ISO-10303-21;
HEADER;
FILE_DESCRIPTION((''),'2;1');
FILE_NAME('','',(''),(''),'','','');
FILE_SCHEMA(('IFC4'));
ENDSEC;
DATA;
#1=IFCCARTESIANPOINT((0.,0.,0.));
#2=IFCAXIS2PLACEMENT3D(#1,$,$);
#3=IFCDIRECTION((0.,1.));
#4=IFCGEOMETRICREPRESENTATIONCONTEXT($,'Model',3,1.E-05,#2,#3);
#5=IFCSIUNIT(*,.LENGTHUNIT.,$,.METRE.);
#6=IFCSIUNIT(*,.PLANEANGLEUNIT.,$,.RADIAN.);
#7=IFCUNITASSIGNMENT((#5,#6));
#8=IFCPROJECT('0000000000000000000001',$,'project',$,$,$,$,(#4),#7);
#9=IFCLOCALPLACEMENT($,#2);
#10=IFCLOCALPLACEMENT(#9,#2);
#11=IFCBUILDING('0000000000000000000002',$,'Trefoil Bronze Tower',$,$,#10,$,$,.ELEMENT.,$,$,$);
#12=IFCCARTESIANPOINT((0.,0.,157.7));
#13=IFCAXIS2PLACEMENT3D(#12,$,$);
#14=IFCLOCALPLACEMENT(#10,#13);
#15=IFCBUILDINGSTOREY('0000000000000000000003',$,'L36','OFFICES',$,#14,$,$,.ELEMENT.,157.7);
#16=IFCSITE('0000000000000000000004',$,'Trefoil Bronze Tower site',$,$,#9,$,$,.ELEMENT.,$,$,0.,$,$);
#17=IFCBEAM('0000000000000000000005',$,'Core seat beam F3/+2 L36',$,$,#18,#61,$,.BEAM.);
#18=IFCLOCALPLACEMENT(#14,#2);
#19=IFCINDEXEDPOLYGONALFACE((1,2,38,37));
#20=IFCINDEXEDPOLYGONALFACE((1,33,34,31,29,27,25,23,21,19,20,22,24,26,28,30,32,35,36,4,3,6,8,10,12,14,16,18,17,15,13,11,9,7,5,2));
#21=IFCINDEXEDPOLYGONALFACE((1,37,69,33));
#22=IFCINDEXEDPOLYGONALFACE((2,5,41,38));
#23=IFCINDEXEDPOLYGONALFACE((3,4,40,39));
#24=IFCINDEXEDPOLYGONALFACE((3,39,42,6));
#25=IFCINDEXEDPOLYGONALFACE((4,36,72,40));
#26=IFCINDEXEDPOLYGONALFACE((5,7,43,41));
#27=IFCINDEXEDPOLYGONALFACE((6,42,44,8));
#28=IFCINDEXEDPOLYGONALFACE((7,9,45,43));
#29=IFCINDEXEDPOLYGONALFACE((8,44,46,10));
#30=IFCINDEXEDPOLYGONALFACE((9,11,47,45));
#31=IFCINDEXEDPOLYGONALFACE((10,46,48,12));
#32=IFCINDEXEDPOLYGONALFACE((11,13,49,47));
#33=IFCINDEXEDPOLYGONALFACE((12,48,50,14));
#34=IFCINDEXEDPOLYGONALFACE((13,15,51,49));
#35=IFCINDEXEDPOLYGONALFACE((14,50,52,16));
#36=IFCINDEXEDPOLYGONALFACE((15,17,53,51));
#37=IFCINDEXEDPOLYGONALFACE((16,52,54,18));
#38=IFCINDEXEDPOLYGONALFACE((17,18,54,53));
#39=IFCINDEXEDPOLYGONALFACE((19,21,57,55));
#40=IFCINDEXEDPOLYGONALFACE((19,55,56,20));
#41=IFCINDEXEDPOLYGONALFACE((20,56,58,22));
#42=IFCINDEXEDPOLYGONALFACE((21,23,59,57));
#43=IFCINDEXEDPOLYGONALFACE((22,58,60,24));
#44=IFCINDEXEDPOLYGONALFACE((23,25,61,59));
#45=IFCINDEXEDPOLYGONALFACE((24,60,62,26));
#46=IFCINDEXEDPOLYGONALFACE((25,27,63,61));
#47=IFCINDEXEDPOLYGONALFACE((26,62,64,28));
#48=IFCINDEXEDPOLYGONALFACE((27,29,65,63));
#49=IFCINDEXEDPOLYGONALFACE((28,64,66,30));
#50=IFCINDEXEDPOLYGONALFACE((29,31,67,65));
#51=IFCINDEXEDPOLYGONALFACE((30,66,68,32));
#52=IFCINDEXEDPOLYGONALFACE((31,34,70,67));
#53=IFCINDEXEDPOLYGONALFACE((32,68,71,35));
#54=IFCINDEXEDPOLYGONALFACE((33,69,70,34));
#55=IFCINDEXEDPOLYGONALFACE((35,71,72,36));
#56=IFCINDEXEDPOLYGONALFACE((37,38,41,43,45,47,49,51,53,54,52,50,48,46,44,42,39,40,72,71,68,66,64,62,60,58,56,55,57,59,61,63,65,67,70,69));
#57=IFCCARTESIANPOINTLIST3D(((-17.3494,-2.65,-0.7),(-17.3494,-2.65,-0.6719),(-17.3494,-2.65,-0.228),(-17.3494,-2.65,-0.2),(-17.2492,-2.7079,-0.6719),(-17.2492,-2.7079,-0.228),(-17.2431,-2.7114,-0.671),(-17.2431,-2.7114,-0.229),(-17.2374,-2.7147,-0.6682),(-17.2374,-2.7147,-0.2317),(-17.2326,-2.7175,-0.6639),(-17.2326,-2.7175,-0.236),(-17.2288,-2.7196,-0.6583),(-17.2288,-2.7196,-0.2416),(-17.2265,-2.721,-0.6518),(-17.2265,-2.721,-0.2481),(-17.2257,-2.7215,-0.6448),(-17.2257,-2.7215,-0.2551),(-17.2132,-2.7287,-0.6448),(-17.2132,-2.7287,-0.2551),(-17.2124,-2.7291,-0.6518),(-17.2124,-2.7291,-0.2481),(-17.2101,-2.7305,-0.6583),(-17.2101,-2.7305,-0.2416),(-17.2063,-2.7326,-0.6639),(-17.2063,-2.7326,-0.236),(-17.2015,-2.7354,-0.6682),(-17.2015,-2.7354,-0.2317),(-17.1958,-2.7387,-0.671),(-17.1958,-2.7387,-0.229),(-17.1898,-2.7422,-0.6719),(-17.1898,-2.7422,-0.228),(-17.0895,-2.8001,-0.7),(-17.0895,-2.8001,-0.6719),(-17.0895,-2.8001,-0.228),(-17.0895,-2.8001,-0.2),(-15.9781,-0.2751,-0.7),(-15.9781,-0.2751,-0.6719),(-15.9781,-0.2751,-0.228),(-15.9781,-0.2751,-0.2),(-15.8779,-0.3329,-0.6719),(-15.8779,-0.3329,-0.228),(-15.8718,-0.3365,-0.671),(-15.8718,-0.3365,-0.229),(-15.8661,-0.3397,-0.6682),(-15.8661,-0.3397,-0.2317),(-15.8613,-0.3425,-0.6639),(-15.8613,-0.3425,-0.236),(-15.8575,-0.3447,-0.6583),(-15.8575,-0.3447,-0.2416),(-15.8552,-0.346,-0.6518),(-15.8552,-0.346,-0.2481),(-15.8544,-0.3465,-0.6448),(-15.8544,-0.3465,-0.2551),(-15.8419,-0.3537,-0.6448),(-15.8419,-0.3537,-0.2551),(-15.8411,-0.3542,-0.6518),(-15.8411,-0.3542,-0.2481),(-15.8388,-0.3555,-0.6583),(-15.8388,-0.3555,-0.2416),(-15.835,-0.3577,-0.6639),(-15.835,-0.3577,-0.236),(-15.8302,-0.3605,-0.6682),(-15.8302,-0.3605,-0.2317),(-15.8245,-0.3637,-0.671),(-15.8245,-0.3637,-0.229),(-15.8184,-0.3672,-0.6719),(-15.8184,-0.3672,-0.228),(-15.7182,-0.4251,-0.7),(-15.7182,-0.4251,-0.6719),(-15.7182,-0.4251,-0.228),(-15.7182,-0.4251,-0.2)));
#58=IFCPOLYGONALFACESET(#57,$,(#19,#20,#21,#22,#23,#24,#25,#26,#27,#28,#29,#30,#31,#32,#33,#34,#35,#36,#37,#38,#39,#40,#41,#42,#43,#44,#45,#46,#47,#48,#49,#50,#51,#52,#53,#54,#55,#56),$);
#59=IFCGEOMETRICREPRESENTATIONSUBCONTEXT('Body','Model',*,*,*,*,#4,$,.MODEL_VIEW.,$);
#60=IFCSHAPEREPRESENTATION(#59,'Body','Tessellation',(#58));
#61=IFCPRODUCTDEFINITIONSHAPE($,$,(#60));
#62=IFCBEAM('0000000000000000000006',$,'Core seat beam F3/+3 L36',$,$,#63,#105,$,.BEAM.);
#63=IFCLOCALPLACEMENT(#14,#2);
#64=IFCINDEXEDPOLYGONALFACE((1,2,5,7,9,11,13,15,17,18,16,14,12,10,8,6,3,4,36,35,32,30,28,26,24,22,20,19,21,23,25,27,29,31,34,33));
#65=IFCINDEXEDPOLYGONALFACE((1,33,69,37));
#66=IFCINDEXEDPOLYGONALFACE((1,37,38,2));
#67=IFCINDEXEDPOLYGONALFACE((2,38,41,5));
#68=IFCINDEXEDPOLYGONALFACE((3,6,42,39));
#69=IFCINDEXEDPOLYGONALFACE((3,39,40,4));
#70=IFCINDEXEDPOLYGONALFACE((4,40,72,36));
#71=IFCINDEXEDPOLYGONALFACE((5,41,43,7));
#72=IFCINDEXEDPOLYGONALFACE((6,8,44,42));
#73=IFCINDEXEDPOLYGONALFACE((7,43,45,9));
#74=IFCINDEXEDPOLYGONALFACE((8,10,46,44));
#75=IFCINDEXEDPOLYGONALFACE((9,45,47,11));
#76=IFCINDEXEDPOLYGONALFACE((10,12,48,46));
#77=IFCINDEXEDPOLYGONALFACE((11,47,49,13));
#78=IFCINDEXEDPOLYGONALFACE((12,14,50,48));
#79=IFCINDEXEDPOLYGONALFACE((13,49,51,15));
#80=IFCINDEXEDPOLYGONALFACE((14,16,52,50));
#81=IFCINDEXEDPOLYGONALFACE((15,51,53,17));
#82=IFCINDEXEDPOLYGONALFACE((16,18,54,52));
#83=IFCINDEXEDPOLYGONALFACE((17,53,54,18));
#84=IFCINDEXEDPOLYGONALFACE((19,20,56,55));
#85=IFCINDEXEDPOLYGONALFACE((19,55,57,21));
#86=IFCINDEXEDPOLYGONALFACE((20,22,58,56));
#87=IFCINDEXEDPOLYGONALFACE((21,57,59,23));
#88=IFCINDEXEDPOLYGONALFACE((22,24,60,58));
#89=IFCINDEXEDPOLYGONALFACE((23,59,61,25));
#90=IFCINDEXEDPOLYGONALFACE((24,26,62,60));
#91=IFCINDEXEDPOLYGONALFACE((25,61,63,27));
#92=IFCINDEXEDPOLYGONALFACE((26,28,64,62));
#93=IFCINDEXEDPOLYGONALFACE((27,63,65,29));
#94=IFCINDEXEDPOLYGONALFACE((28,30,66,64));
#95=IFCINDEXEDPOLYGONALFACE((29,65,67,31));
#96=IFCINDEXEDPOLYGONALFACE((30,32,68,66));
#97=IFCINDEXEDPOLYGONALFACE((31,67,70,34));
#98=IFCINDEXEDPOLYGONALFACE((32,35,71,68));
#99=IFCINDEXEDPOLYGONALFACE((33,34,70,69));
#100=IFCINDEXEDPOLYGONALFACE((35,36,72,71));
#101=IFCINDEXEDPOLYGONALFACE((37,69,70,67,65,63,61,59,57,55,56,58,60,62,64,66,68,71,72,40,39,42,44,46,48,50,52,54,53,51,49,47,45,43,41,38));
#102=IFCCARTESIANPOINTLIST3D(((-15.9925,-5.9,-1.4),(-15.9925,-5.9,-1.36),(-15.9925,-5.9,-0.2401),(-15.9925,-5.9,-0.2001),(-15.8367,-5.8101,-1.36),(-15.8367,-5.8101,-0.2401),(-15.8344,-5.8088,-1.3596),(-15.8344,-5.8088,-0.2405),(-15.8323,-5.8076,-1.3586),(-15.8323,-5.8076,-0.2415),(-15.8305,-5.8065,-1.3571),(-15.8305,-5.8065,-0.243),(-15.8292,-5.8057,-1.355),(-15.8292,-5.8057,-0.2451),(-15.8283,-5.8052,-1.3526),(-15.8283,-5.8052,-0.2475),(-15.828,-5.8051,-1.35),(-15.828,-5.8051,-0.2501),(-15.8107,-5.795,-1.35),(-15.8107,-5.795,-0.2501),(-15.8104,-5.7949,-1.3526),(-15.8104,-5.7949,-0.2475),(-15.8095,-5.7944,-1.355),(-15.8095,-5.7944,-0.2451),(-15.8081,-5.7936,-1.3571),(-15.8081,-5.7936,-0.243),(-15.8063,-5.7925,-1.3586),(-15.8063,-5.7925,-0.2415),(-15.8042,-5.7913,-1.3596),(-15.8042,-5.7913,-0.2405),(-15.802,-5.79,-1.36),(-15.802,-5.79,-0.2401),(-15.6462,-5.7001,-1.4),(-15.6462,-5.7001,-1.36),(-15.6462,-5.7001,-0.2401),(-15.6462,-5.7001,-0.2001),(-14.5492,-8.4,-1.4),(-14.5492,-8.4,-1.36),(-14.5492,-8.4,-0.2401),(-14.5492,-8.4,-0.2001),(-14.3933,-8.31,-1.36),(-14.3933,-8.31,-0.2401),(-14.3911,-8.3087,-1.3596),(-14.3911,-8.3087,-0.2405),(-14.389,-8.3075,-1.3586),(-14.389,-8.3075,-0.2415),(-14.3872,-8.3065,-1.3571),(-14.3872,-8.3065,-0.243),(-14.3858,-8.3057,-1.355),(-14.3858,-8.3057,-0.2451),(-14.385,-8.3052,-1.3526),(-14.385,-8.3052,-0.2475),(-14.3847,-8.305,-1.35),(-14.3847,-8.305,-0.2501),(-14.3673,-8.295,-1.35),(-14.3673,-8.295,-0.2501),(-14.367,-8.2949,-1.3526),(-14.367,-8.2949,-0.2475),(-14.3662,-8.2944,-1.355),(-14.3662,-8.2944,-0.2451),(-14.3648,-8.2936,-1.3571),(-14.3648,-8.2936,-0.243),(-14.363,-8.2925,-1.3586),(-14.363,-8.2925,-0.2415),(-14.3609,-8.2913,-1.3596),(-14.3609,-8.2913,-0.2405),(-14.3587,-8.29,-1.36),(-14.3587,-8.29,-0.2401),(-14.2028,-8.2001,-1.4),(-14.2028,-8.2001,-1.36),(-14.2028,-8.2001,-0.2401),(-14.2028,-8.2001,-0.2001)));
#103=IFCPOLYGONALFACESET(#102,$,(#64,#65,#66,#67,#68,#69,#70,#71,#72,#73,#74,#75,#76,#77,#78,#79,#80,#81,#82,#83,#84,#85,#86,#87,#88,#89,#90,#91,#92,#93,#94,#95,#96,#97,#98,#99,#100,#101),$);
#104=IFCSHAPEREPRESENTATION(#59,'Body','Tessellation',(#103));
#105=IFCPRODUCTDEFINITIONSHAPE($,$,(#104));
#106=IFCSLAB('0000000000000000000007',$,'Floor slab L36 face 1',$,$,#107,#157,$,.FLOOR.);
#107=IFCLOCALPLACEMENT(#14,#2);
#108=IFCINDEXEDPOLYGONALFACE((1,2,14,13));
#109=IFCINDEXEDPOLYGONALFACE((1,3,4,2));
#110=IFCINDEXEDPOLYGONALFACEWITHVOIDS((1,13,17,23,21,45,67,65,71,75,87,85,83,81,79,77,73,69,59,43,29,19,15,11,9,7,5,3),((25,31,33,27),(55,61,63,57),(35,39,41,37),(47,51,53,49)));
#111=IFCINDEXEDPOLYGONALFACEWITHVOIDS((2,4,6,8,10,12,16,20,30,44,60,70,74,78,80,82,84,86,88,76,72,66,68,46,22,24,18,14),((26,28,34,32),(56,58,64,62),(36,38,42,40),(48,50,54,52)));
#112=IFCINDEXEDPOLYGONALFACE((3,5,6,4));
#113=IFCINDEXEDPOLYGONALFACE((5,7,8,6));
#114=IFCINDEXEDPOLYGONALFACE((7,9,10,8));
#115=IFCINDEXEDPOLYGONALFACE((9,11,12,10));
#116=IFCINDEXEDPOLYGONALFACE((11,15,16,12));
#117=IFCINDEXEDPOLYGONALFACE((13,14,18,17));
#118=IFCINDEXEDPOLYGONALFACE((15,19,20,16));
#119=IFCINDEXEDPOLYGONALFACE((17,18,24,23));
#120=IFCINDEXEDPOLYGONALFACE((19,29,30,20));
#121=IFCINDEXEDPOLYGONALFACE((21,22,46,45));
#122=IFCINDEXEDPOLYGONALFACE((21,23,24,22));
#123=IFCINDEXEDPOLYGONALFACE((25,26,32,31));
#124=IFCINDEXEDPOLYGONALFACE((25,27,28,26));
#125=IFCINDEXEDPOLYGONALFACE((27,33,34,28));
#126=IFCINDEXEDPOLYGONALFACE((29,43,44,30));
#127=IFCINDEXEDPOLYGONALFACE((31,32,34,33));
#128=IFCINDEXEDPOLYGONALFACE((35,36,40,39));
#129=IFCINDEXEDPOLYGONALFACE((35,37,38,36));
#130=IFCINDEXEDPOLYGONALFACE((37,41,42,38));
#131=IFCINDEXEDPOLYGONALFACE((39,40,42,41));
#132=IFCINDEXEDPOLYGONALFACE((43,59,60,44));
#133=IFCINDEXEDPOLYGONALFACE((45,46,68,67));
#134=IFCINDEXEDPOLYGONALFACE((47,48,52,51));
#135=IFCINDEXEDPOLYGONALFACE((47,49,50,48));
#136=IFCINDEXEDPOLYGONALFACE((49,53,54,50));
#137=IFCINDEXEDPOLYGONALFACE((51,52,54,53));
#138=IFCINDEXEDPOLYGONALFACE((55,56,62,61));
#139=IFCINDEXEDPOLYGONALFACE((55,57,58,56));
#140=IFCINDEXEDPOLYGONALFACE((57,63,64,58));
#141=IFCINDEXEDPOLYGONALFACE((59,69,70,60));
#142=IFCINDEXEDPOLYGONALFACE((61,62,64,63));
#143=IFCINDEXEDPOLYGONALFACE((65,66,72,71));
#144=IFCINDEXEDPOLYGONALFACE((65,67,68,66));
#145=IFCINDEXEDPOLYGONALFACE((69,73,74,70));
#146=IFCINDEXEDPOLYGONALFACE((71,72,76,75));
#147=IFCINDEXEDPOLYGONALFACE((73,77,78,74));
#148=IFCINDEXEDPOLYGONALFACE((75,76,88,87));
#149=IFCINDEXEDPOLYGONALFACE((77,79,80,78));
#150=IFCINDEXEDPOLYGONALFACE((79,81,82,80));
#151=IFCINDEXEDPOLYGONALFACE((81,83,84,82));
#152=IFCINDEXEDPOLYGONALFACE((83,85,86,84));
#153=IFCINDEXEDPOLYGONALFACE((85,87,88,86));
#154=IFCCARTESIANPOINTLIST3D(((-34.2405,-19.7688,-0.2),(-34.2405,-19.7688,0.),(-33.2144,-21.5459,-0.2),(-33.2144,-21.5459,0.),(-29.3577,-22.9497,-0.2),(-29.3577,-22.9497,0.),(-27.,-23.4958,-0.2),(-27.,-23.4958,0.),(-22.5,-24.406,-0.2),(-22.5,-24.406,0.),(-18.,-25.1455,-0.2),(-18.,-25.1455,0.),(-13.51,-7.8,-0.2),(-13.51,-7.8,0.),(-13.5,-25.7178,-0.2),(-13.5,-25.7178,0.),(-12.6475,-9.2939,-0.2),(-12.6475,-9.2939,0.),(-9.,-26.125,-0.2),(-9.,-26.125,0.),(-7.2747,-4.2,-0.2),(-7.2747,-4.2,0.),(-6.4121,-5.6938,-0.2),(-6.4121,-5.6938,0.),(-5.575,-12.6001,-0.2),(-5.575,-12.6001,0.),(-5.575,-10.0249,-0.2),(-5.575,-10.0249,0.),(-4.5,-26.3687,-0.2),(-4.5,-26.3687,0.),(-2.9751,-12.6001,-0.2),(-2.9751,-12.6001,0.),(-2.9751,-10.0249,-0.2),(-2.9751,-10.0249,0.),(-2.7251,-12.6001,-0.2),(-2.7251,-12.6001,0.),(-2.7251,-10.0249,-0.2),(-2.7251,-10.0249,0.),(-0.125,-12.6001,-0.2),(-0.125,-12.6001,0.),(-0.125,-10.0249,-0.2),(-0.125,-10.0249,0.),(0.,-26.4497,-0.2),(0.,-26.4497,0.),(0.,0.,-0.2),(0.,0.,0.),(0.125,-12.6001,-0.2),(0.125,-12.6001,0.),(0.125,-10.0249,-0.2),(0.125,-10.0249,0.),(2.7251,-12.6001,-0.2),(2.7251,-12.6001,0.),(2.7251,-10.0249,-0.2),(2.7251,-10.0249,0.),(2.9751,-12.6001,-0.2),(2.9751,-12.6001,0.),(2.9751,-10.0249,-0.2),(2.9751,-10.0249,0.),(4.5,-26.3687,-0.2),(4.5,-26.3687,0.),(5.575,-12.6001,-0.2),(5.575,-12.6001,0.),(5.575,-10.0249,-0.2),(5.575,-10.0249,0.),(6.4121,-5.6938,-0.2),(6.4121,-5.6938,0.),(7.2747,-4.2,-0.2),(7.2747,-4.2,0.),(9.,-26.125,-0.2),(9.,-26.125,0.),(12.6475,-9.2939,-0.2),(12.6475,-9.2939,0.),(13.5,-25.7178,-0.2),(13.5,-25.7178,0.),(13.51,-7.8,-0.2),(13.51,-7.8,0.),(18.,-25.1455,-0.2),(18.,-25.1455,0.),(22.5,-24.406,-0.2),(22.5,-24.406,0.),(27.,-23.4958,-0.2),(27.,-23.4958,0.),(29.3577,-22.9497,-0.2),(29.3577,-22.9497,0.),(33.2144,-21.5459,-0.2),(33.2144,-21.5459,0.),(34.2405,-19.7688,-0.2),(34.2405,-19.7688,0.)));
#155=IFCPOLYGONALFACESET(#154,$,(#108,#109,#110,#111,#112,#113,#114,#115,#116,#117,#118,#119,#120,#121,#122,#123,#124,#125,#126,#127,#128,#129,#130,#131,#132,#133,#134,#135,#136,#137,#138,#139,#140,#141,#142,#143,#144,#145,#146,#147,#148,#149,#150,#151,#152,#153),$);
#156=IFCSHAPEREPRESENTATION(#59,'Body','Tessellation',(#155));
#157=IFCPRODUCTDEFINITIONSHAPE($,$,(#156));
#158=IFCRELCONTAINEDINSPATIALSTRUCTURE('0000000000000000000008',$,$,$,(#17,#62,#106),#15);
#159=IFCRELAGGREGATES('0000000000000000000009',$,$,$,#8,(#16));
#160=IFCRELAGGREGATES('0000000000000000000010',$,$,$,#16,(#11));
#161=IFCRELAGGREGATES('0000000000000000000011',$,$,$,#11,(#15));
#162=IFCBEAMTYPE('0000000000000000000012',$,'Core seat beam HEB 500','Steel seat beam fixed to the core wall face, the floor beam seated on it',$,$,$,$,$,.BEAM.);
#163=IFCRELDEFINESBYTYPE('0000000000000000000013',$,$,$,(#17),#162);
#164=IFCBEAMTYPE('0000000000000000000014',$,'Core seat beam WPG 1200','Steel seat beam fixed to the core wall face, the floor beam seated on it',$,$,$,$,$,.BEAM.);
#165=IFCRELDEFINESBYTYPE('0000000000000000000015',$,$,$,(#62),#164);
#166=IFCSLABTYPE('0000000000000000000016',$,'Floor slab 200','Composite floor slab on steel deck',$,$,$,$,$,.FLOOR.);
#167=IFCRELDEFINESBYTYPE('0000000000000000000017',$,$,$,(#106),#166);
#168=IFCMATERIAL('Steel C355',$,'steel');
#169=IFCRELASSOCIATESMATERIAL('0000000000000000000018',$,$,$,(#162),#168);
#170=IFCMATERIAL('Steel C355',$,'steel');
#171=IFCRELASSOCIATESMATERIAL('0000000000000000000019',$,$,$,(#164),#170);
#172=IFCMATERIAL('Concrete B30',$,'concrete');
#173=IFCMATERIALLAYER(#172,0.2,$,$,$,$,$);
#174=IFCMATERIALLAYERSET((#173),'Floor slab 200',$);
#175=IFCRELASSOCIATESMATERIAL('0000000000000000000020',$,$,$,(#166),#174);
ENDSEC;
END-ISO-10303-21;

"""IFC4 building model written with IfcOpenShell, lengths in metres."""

from ifc_helpers import new_model, si_unit, direction, frame, origin, origin_2d, place, context, subcontext, project, spatial, polyline, i_section, outline, extrude, material, layer, layer_set, material_profile, profile_set, type_object, element, save


model = new_model("IFC4")

# Units and contexts
model_context = context("Model", 3, precision=1e-05, world=origin(), true_north=direction((0.0, 1.0)))
body_context = subcontext(model_context, "Body", "Model", "MODEL_VIEW")
ifc_project = project(units=[si_unit("LENGTHUNIT", "METRE"), si_unit("PLANEANGLEUNIT", "RADIAN")], contexts=[model_context])

# Site, building, storey
site_placement = place(None, origin())
site = spatial("IfcSite", under=ifc_project, at=site_placement, Name="Trefoil Bronze Tower site", CompositionType="ELEMENT", RefElevation=0.0)
building_placement = place(site_placement, origin())
building = spatial("IfcBuilding", under=site, at=building_placement, Name="Trefoil Bronze Tower", CompositionType="ELEMENT")
storey_placement = place(building_placement, frame((0.0, 0.0, 157.7)))
storey = spatial("IfcBuildingStorey", under=building, at=storey_placement, Name="L36", Description="OFFICES", CompositionType="ELEMENT", Elevation=157.7)

# Beams
ifc_material_1 = material(Name="Steel C355", Category="steel")
ifc_material_profile_1 = material_profile(ifc_material_1, i_section(OverallWidth=0.3, OverallDepth=0.5, WebThickness=0.0144, FlangeThickness=0.0281, FilletRadius=0.0271, at=origin_2d()), Name="HEB 500")
ifc_profile_set_1 = profile_set([ifc_material_profile_1], Name="Steel C355")
beam_type_1 = type_object("IfcBeamType", Name="Core seat beam HEB 500", Description="Steel seat beam fixed to the core wall face, the floor beam seated on it", PredefinedType="BEAM", material=ifc_profile_set_1)
beam_1_placement = place(storey_placement, frame((-15.8481, -0.3501, -0.45), z_axis=(-0.500036, -0.866005, 0.0), x_axis=(0.866005, -0.500036, 0.0)))
element("IfcBeam", 1, at=beam_1_placement, inside=storey, type_object=beam_type_1, Name="Core seat beam F3/+2 L36", PredefinedType="BEAM", context=body_context, shape_type="SweptSolid", body=[
    extrude(i_section(OverallWidth=0.3, OverallDepth=0.5, WebThickness=0.0144, FlangeThickness=0.0281, FilletRadius=0.0271, at=origin_2d()), origin(), (0.0, 0.0, 1.0), 2.7424),
])
ifc_material_2 = material(Name="Steel C355", Category="steel")
ifc_material_profile_2 = material_profile(ifc_material_2, i_section(OverallWidth=0.3999, OverallDepth=1.2, WebThickness=0.02, FlangeThickness=0.04, FilletRadius=0.01, at=origin_2d()), Name="WPG 1200")
ifc_profile_set_2 = profile_set([ifc_material_profile_2], Name="Steel C355")
beam_type_2 = type_object("IfcBeamType", Name="Core seat beam WPG 1200", Description="Steel seat beam fixed to the core wall face, the floor beam seated on it", PredefinedType="BEAM", material=ifc_profile_set_2)
beam_2_placement = place(storey_placement, frame((-15.8193, -5.8, -0.8), z_axis=(0.499996, -0.866028, 0.0), x_axis=(0.866028, 0.499996, 0.0)))
element("IfcBeam", 2, at=beam_2_placement, inside=storey, type_object=beam_type_2, Name="Core seat beam F3/+3 L36", PredefinedType="BEAM", context=body_context, shape_type="SweptSolid", body=[
    extrude(i_section(OverallWidth=0.3999, OverallDepth=1.2, WebThickness=0.02, FlangeThickness=0.04, FilletRadius=0.01, at=origin_2d()), origin(), (0.0, 0.0, 1.0), 2.8867),
])

# Slab
ifc_material_3 = material(Name="Concrete B30", Category="concrete")
ifc_layer_1 = layer(ifc_material_3, 0.2)
ifc_layer_set_1 = layer_set([ifc_layer_1], Name="Floor slab 200")
slab_type = type_object("IfcSlabType", Name="Floor slab 200", Description="Composite floor slab on steel deck", PredefinedType="FLOOR", material=ifc_layer_set_1)
slab_1_placement = place(storey_placement, frame((0.0, 0.0, -0.2)))
element("IfcSlab", 3, at=slab_1_placement, inside=storey, type_object=slab_type, Name="Floor slab L36 face 1", PredefinedType="FLOOR", context=body_context, shape_type="SweptSolid", body=[
    extrude(outline(polyline([(22.5, -24.406), (18.0, -25.1455), (13.5, -25.7178), (9.0, -26.125), (4.5, -26.3687), (0.0, -26.4497), (-4.5, -26.3687), (-9.0, -26.125), (-13.5, -25.7178), (-18.0, -25.1455), (-22.5, -24.406), (-27.0, -23.4958), (-29.3577, -22.9497), (-33.2144, -21.5459), (-34.2405, -19.7688), (-13.51, -7.8), (-12.6475, -9.2939), (-6.4121, -5.6938), (-7.2747, -4.2), (0.0, 0.0), (7.2747, -4.2), (6.4121, -5.6938), (12.6475, -9.2939), (13.51, -7.8), (34.2405, -19.7688), (33.2144, -21.5459), (29.3577, -22.9497), (27.0, -23.4958), (22.5, -24.406)]), holes=[polyline([(-5.575, -10.0249), (-2.9751, -10.0249), (-2.9751, -12.6001), (-5.575, -12.6001), (-5.575, -10.0249)]), polyline([(-2.7251, -10.0249), (-0.125, -10.0249), (-0.125, -12.6001), (-2.7251, -12.6001), (-2.7251, -10.0249)]), polyline([(0.125, -10.0249), (2.7251, -10.0249), (2.7251, -12.6001), (0.125, -12.6001), (0.125, -10.0249)]), polyline([(2.9751, -10.0249), (5.575, -10.0249), (5.575, -12.6001), (2.9751, -12.6001), (2.9751, -10.0249)])]), origin(), (0.0, 0.0, 1.0), 0.2),
])

save(model, "model.ifc")
